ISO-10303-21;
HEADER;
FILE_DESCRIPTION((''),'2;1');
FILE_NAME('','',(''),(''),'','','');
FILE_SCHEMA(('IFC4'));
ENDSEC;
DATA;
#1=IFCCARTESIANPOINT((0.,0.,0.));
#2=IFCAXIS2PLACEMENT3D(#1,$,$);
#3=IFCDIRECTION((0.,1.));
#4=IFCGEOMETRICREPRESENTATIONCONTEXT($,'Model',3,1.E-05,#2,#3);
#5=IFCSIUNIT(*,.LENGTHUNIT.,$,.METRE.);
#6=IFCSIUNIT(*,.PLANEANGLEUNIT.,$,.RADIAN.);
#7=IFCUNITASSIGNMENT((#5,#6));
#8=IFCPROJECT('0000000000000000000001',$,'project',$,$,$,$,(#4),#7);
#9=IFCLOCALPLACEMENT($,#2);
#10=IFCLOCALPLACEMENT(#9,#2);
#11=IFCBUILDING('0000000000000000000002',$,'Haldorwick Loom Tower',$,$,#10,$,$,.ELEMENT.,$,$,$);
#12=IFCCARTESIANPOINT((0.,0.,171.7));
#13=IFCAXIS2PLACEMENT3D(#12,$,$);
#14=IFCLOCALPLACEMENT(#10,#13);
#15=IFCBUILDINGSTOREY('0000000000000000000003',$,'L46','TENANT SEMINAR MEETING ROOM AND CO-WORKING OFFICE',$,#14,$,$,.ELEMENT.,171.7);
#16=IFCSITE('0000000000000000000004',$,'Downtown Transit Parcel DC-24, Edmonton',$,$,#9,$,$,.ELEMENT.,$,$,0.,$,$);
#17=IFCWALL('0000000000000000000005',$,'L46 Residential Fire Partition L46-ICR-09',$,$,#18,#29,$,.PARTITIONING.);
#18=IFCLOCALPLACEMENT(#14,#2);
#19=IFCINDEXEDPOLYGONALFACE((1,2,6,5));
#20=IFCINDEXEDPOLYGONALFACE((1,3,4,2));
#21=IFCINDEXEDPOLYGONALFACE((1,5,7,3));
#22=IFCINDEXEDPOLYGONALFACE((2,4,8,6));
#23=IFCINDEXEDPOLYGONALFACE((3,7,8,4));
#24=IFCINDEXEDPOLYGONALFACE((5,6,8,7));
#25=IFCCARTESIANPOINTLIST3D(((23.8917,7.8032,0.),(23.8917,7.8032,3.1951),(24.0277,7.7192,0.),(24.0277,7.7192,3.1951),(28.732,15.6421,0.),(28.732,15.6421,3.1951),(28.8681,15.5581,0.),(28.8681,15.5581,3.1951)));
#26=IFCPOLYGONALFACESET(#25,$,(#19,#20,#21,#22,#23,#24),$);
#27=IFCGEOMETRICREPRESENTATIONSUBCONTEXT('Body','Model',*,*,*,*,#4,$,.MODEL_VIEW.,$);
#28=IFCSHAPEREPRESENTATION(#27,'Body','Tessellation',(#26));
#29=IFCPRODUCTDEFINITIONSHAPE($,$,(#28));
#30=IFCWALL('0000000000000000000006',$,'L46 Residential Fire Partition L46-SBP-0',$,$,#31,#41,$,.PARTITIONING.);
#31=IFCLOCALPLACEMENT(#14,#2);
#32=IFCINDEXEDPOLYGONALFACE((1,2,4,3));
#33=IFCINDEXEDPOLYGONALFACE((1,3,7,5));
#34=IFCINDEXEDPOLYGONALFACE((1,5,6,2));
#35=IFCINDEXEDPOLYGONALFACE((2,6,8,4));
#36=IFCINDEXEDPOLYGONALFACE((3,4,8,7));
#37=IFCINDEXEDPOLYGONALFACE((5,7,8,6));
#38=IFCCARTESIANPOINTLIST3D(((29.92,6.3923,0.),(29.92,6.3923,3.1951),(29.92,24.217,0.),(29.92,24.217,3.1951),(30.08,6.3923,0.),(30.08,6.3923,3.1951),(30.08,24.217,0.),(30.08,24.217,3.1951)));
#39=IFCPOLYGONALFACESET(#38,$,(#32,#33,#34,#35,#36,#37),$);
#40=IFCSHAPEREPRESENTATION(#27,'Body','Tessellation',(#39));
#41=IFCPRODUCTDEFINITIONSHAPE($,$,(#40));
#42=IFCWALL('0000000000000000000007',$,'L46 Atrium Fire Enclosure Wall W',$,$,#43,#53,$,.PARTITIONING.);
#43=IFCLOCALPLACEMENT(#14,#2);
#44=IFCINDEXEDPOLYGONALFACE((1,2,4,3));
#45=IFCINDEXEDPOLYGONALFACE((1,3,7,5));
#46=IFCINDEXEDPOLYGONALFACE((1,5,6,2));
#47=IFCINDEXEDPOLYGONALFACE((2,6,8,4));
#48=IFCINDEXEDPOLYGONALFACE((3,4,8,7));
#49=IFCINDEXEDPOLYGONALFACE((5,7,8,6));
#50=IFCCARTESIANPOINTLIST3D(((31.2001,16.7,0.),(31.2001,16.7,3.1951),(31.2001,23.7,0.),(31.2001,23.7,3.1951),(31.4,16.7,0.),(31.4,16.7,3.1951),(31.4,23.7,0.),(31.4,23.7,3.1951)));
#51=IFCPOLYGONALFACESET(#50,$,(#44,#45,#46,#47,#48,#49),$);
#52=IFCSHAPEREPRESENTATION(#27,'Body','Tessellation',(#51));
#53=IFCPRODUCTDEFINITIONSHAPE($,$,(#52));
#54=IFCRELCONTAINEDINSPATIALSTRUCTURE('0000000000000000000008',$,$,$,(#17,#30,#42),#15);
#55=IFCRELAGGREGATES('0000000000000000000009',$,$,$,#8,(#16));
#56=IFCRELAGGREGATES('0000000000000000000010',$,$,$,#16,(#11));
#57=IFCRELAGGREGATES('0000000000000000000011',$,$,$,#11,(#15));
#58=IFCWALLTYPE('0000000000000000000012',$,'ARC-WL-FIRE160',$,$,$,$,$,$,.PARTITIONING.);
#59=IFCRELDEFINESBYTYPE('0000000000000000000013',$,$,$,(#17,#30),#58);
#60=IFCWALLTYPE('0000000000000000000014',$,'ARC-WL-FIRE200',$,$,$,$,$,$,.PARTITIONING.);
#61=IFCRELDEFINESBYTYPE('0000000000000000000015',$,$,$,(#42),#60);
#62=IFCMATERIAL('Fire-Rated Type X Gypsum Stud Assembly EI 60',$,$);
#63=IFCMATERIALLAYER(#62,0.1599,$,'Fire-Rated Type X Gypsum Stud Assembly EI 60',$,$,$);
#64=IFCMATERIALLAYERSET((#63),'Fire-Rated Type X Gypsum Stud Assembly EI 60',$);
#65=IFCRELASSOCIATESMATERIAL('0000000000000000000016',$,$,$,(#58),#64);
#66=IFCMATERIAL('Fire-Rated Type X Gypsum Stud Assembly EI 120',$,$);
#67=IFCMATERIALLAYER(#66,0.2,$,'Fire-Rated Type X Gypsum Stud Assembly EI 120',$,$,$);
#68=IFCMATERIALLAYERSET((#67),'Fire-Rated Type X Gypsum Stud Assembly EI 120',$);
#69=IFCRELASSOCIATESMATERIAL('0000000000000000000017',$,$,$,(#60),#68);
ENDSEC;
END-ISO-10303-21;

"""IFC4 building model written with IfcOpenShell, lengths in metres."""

from ifc_helpers import new_model, si_unit, direction, frame, frame_2d, origin, place, context, subcontext, project, spatial, rectangle, extrude, material, layer, layer_set, type_object, element, save


model = new_model("IFC4")

# Units and contexts
model_context = context("Model", 3, precision=1e-05, world=origin(), true_north=direction((0.0, 1.0)))
body_context = subcontext(model_context, "Body", "Model", "MODEL_VIEW")
ifc_project = project(units=[si_unit("LENGTHUNIT", "METRE"), si_unit("PLANEANGLEUNIT", "RADIAN")], contexts=[model_context])

# Site, building, storey
site_placement = place(None, origin())
site = spatial("IfcSite", under=ifc_project, at=site_placement, Name="Downtown Transit Parcel DC-24, Edmonton", CompositionType="ELEMENT", RefElevation=0.0)
building_placement = place(site_placement, origin())
building = spatial("IfcBuilding", under=site, at=building_placement, Name="Haldorwick Loom Tower", CompositionType="ELEMENT")
storey_placement = place(building_placement, frame((0.0, 0.0, 171.7)))
storey = spatial("IfcBuildingStorey", under=building, at=storey_placement, Name="L46", Description="TENANT SEMINAR MEETING ROOM AND CO-WORKING OFFICE", CompositionType="ELEMENT", Elevation=171.7)

# Walls
ifc_material_1 = material(Name="Fire-Rated Type X Gypsum Stud Assembly EI 60")
ifc_layer_1 = layer(ifc_material_1, 0.1599, Name="Fire-Rated Type X Gypsum Stud Assembly EI 60")
ifc_layer_set_1 = layer_set([ifc_layer_1], Name="Fire-Rated Type X Gypsum Stud Assembly EI 60")
wall_type_1 = type_object("IfcWallType", Name="ARC-WL-FIRE160", PredefinedType="PARTITIONING", material=ifc_layer_set_1)
wall_1_placement = place(storey_placement, frame((28.8, 15.6001, 0.0), z_axis=(0.0, 0.0, 1.0), x_axis=(-0.525389, -0.850862, 0.0)))
element("IfcWall", 1, at=wall_1_placement, inside=storey, type_object=wall_type_1, Name="L46 Residential Fire Partition L46-ICR-09", PredefinedType="PARTITIONING", context=body_context, shape_type="SweptSolid", body=[
    extrude(rectangle(XDim=9.2129, YDim=0.1599, at=frame_2d((4.6064, 0.0))), origin(), (0.0, 0.0, 1.0), 3.1951),
])
wall_2_placement = place(storey_placement, frame((30.0, 6.3923, 0.0), z_axis=(0.0, 0.0, 1.0), x_axis=(0.0, 1.0, 0.0)))
element("IfcWall", 2, at=wall_2_placement, inside=storey, type_object=wall_type_1, Name="L46 Residential Fire Partition L46-SBP-0", PredefinedType="PARTITIONING", context=body_context, shape_type="SweptSolid", body=[
    extrude(rectangle(XDim=17.8247, YDim=0.1599, at=frame_2d((8.9124, 0.0))), origin(), (0.0, 0.0, 1.0), 3.1951),
])
ifc_material_2 = material(Name="Fire-Rated Type X Gypsum Stud Assembly EI 120")
ifc_layer_2 = layer(ifc_material_2, 0.2, Name="Fire-Rated Type X Gypsum Stud Assembly EI 120")
ifc_layer_set_2 = layer_set([ifc_layer_2], Name="Fire-Rated Type X Gypsum Stud Assembly EI 120")
wall_type_2 = type_object("IfcWallType", Name="ARC-WL-FIRE200", PredefinedType="PARTITIONING", material=ifc_layer_set_2)
wall_3_placement = place(storey_placement, frame((31.3, 16.7, 0.0), z_axis=(0.0, 0.0, 1.0), x_axis=(0.0, 1.0, 0.0)))
element("IfcWall", 3, at=wall_3_placement, inside=storey, type_object=wall_type_2, Name="L46 Atrium Fire Enclosure Wall W", PredefinedType="PARTITIONING", context=body_context, shape_type="SweptSolid", body=[
    extrude(rectangle(XDim=7.0, YDim=0.2, at=frame_2d((3.5, 0.0))), origin(), (0.0, 0.0, 1.0), 3.1951),
])

save(model, "model.ifc")
